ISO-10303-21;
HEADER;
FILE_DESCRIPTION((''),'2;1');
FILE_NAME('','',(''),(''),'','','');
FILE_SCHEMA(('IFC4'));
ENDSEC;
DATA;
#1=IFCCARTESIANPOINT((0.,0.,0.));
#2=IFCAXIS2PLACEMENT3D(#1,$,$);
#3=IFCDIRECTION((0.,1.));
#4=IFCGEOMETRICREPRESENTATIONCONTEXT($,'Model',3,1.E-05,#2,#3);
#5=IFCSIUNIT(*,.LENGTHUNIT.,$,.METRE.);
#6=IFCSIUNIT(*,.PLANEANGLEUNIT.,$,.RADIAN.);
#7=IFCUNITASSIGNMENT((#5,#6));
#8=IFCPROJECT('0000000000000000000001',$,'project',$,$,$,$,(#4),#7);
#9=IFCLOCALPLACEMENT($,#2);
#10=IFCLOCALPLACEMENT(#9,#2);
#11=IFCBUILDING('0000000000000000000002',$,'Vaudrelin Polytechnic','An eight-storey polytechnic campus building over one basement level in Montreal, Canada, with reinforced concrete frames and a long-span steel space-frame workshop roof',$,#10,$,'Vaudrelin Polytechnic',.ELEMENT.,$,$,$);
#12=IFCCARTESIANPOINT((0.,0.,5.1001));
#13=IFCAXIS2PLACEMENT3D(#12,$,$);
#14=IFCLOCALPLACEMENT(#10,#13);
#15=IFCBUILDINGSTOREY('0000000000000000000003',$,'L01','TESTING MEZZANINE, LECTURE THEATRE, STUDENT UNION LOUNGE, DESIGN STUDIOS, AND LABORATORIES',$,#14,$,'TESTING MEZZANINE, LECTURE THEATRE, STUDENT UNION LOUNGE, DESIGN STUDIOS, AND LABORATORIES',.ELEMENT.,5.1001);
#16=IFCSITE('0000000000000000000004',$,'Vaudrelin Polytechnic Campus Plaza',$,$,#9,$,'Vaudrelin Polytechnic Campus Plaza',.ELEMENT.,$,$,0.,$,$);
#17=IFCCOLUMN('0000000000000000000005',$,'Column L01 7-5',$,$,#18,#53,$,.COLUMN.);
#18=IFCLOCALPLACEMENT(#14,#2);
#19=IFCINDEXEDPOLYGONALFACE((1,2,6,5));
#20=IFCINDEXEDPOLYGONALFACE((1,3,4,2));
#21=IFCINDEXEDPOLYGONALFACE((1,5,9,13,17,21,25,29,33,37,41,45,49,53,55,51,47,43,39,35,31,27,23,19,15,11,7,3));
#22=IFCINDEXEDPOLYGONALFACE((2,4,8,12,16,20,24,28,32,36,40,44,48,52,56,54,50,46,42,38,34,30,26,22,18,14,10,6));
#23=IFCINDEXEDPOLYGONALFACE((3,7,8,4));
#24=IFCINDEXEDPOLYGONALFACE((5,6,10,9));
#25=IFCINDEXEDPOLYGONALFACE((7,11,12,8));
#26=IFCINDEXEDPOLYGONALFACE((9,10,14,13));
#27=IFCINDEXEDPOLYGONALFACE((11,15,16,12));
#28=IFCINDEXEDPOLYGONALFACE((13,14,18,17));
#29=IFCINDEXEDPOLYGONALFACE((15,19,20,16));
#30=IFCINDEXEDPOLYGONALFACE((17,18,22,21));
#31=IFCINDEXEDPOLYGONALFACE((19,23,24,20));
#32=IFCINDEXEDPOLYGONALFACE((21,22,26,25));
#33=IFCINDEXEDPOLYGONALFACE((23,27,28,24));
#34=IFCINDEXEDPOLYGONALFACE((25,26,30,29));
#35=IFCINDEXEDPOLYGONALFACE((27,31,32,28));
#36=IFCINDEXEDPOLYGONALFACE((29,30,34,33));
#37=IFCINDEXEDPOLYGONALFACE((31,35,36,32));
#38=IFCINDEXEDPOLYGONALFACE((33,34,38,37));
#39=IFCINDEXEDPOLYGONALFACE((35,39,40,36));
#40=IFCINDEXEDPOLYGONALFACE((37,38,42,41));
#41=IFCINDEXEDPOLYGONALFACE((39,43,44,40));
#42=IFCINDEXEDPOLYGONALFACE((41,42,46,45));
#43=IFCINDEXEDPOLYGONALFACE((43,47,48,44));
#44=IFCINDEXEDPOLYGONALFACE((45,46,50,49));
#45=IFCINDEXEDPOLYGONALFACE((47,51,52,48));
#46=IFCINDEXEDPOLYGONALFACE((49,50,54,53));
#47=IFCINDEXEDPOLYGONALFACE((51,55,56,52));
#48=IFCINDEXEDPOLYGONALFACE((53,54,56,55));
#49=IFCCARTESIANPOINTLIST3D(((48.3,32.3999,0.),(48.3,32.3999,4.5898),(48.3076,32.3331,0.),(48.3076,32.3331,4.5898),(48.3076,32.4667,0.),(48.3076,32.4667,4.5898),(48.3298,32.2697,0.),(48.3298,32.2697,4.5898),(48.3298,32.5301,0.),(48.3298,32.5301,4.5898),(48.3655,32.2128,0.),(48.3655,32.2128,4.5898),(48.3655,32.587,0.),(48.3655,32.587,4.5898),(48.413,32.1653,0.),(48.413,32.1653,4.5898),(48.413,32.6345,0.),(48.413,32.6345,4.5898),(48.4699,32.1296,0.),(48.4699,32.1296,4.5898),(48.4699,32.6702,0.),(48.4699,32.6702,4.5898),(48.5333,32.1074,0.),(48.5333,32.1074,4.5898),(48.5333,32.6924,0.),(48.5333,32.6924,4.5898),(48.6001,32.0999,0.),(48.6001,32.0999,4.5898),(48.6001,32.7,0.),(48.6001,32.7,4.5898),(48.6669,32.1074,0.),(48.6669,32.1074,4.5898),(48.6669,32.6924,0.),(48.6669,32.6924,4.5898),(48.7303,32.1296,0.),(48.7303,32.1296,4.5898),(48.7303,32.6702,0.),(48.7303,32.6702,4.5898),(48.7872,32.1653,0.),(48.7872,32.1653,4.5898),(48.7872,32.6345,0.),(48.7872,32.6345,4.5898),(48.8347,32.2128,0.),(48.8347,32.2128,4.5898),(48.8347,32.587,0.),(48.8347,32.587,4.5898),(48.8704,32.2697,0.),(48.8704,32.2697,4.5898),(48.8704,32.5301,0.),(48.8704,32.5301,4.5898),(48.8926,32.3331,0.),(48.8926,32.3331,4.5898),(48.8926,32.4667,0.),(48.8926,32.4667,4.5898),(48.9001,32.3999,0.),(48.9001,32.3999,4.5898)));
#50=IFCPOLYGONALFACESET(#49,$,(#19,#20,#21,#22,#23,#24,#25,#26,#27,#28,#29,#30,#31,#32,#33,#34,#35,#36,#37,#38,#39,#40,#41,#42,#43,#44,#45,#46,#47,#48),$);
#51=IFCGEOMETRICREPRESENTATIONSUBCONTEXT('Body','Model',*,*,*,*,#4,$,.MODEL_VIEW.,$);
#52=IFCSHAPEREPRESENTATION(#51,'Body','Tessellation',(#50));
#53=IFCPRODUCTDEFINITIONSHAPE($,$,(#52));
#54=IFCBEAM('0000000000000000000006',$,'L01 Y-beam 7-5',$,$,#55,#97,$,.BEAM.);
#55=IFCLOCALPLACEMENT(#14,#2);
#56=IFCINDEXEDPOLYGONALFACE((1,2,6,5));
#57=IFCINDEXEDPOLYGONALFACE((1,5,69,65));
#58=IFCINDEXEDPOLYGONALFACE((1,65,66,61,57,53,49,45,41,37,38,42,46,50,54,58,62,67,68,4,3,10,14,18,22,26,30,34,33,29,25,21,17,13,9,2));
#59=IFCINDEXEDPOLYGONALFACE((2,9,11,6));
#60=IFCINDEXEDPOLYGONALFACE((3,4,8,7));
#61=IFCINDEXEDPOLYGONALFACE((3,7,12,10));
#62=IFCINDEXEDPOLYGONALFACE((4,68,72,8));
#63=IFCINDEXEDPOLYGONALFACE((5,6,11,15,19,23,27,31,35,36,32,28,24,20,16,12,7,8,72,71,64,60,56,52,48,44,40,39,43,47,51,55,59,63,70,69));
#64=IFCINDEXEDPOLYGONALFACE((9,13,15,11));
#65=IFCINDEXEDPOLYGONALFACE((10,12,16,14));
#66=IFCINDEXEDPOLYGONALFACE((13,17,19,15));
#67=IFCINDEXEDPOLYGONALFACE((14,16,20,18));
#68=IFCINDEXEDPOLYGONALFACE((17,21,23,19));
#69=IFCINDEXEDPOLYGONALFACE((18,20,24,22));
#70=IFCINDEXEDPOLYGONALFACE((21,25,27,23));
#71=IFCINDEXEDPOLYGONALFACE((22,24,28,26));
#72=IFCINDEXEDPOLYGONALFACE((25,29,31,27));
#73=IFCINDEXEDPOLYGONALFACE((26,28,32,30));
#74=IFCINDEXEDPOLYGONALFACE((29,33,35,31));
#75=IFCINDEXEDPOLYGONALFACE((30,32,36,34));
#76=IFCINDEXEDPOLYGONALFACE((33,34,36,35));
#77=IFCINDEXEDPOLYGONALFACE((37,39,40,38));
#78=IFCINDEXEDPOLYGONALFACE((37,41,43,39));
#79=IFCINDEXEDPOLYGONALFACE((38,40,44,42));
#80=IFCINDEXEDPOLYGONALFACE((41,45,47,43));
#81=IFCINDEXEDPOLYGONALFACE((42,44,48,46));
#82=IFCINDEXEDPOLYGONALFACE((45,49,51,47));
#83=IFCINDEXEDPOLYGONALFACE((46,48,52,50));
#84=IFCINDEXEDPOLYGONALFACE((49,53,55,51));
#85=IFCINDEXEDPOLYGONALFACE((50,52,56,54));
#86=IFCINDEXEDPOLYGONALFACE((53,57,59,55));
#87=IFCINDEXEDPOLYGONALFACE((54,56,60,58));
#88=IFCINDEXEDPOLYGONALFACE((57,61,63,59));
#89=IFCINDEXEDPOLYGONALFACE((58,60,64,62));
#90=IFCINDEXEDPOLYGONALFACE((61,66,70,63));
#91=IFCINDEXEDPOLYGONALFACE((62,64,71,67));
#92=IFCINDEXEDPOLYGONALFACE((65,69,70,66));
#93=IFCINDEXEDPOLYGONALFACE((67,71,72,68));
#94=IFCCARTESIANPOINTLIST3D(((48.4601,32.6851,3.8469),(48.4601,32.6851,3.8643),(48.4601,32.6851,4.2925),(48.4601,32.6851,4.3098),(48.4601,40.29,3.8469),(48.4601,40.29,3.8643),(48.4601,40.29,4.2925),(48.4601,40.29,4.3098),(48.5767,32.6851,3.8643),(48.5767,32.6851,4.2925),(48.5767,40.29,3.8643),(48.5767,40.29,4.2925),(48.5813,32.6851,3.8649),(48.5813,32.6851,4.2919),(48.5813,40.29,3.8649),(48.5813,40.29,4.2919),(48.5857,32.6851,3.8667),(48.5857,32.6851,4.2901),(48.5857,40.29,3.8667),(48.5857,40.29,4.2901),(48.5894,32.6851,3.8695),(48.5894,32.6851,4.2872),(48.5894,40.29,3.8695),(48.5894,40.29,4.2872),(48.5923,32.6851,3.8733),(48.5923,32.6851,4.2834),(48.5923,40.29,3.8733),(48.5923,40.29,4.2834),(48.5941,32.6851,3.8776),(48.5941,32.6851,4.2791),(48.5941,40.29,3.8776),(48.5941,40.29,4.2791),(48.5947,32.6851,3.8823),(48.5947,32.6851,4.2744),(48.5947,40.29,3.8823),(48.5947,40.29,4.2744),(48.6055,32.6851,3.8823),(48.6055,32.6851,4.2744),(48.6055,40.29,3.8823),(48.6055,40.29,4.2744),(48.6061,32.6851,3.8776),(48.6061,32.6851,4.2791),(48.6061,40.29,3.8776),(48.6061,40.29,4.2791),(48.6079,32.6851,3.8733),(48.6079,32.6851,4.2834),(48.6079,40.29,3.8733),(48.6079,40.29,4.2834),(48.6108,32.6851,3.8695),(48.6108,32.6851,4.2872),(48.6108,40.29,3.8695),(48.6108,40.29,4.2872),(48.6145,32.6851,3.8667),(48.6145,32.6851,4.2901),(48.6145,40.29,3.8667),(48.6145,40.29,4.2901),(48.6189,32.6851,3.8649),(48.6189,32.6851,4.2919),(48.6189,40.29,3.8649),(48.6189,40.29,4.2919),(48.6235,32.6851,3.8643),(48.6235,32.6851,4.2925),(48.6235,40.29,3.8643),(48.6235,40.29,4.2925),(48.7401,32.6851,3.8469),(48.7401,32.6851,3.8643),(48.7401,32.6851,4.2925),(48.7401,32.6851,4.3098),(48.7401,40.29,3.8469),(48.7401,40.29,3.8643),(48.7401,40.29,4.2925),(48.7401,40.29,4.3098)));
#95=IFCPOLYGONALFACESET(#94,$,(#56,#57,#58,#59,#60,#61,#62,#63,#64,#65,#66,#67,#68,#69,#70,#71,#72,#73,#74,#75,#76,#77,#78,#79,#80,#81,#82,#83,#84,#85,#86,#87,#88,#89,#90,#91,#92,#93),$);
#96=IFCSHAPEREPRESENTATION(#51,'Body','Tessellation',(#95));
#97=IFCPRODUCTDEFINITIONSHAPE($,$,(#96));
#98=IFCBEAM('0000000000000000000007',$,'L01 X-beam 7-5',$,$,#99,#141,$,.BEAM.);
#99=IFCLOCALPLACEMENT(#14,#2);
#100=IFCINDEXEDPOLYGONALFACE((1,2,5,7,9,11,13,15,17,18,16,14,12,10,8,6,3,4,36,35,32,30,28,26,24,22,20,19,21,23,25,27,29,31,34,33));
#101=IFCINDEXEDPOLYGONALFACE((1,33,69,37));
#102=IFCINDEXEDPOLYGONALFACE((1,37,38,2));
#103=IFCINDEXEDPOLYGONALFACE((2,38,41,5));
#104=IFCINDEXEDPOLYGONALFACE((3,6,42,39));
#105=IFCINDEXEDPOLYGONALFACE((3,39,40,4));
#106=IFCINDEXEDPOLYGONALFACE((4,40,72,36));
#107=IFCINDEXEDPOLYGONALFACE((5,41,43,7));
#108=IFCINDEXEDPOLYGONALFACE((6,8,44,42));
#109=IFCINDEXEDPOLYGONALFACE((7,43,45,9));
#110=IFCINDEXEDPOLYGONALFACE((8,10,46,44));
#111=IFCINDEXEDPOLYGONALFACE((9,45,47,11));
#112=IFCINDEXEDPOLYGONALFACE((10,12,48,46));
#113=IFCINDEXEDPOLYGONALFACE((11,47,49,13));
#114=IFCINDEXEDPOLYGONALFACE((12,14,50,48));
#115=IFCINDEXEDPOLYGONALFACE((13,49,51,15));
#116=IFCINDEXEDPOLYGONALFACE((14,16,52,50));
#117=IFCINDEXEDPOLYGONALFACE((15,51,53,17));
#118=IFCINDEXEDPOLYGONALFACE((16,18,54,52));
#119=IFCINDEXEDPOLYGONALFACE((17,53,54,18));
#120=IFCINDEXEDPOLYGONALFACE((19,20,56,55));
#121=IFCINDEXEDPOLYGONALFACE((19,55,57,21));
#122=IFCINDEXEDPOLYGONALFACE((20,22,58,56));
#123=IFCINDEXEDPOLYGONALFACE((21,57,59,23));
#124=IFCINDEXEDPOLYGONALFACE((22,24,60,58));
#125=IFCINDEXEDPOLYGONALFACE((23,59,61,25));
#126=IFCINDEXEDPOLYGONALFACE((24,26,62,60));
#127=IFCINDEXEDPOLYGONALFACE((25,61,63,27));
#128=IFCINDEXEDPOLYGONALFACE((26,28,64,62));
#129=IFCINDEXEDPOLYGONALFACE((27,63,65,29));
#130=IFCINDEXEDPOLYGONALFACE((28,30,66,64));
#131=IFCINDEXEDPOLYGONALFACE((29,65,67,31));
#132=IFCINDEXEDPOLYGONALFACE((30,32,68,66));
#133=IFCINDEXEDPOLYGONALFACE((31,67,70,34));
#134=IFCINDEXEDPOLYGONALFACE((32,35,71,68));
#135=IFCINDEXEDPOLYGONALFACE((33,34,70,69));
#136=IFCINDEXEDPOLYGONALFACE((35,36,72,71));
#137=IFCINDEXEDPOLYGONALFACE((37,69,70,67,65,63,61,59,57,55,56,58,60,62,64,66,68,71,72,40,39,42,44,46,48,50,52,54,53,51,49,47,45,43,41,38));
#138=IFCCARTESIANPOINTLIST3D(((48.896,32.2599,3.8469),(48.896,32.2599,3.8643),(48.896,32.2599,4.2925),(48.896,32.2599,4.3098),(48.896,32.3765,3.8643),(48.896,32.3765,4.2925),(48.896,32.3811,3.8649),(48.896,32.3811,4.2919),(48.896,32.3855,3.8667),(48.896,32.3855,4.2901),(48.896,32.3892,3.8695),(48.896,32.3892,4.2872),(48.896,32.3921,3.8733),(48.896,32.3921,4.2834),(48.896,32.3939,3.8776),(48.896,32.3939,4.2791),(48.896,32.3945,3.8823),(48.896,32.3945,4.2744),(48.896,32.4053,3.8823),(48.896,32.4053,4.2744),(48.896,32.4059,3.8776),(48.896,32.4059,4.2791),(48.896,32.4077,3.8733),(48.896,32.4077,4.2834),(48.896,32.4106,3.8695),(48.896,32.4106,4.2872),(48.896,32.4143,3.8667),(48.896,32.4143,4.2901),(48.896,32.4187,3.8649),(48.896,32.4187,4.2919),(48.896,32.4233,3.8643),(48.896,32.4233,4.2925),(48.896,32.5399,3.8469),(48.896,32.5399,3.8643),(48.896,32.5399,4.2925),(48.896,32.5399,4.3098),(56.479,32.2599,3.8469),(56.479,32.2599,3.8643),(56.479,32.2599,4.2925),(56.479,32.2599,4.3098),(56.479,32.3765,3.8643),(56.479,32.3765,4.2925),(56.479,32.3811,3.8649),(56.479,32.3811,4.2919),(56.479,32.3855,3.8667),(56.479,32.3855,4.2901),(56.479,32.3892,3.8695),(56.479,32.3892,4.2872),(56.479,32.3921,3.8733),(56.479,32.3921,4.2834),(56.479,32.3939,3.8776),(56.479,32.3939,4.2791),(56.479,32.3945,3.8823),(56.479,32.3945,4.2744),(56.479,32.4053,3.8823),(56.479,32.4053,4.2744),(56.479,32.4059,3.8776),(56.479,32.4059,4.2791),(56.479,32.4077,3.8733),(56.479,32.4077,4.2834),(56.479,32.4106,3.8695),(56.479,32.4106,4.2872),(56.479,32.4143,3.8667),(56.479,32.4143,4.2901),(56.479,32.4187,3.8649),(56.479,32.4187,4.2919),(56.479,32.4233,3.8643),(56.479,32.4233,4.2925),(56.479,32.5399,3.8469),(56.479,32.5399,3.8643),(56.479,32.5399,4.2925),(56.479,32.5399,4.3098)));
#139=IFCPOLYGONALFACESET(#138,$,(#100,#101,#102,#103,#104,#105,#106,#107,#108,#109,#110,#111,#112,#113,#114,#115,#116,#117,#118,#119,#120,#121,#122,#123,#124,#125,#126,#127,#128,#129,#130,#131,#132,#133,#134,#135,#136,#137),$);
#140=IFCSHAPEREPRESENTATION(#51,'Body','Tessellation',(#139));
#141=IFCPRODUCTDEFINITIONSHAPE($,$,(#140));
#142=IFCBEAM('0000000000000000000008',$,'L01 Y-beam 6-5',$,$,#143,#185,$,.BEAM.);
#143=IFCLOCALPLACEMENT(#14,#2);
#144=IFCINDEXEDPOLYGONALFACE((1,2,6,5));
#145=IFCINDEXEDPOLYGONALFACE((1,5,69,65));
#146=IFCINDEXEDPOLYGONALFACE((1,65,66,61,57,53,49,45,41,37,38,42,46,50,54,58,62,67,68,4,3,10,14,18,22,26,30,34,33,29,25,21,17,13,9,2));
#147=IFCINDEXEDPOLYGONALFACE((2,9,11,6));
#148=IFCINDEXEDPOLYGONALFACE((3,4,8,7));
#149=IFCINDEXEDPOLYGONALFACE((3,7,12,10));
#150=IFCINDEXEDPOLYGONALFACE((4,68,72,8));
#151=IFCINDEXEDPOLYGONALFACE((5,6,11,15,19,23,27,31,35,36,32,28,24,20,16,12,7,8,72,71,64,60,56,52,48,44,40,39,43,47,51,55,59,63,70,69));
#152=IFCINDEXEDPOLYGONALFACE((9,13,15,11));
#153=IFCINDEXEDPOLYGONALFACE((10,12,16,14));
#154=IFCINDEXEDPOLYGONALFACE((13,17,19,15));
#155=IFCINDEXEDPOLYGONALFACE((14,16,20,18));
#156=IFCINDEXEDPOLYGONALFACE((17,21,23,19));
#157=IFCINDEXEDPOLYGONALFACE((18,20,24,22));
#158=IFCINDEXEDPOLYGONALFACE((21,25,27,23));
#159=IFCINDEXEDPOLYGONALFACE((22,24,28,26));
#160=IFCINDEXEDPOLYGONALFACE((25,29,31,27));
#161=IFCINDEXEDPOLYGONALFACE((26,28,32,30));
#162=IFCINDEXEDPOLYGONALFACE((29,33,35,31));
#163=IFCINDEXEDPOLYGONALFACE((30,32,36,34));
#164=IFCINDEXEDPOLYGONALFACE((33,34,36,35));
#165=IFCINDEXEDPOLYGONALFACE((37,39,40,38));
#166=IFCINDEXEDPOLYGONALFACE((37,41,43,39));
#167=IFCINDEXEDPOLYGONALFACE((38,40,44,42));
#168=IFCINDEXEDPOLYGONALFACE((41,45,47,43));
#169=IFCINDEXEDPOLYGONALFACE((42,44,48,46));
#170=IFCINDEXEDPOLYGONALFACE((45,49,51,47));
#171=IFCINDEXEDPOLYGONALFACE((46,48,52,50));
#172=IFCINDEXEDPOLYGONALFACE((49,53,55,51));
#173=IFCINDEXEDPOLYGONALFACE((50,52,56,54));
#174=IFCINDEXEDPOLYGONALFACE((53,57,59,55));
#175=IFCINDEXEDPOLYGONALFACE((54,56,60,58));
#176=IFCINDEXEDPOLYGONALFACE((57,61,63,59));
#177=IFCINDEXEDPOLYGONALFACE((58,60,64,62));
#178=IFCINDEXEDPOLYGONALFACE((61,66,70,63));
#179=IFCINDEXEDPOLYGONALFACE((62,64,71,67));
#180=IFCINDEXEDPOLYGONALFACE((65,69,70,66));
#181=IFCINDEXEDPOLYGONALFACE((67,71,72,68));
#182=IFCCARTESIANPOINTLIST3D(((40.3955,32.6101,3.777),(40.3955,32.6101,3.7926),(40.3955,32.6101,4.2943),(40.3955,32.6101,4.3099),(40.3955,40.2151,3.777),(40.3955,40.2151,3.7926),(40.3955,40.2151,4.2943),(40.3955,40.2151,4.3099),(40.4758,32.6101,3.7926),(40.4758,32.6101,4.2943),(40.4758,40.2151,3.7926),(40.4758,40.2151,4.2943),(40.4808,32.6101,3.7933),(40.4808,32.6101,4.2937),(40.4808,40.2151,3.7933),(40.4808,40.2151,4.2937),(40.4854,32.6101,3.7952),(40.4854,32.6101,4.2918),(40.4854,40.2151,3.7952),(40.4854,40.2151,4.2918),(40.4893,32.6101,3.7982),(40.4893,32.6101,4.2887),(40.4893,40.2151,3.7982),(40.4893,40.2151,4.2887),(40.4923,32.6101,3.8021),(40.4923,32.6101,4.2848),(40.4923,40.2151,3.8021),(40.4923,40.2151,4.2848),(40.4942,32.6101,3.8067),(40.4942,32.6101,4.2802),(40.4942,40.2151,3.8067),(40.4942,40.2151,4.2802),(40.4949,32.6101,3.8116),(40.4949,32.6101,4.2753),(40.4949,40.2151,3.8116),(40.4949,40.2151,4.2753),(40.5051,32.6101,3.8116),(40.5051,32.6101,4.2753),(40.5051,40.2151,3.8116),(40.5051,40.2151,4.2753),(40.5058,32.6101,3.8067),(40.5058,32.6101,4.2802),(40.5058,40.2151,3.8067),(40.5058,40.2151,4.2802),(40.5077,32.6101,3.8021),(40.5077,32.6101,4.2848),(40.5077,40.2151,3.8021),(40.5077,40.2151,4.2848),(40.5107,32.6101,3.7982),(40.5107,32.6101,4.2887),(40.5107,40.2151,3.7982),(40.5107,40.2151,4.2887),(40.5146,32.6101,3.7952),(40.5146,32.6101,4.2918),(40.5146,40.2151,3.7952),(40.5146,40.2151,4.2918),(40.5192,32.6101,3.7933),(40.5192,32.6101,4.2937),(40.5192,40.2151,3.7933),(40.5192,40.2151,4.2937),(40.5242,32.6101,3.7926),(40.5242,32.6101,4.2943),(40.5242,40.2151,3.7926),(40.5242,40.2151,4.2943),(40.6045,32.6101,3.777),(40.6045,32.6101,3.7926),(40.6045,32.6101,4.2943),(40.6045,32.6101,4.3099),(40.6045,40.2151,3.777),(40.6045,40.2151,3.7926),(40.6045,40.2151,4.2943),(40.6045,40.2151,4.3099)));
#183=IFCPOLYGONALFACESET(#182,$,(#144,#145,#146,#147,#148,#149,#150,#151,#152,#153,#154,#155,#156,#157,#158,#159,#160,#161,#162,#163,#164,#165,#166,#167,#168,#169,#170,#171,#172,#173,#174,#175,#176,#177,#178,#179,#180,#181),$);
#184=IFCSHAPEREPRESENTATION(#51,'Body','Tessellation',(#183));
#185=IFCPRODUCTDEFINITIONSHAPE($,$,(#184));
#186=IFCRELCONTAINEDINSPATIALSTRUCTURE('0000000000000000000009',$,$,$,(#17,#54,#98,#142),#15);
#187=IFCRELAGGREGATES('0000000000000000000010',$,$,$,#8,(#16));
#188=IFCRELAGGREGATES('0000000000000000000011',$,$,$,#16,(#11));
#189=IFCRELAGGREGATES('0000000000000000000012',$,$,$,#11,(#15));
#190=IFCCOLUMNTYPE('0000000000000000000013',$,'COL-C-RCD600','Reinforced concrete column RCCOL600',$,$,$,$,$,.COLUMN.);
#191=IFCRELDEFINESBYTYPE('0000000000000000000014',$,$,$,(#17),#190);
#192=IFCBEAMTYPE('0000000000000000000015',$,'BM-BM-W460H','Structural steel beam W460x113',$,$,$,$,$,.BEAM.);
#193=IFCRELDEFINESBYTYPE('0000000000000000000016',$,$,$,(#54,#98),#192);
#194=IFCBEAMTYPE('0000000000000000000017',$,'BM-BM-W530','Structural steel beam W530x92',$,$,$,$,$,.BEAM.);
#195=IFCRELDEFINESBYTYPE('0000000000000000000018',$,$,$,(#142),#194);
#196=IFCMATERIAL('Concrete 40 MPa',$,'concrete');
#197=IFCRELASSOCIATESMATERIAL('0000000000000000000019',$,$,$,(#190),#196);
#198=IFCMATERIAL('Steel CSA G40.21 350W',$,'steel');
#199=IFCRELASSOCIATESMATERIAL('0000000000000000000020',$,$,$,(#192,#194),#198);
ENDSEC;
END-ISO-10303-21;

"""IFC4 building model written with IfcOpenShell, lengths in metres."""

from ifc_helpers import new_model, si_unit, direction, frame, origin, origin_2d, place, context, subcontext, project, spatial, circle, i_section, extrude, material, material_profile, profile_set, type_object, element, save


model = new_model("IFC4")

# Units and contexts
model_context = context("Model", 3, precision=1e-05, world=origin(), true_north=direction((0.0, 1.0)))
body_context = subcontext(model_context, "Body", "Model", "MODEL_VIEW")
ifc_project = project(units=[si_unit("LENGTHUNIT", "METRE"), si_unit("PLANEANGLEUNIT", "RADIAN")], contexts=[model_context])

# Site, building, storey
site_placement = place(None, origin())
site = spatial("IfcSite", under=ifc_project, at=site_placement, Name="Vaudrelin Polytechnic Campus Plaza", LongName="Vaudrelin Polytechnic Campus Plaza", CompositionType="ELEMENT", RefElevation=0.0)
building_placement = place(site_placement, origin())
building = spatial("IfcBuilding", under=site, at=building_placement, Name="Vaudrelin Polytechnic", Description="An eight-storey polytechnic campus building over one basement level in Montreal, Canada, with reinforced concrete frames and a long-span steel space-frame workshop roof", LongName="Vaudrelin Polytechnic", CompositionType="ELEMENT")
storey_placement = place(building_placement, frame((0.0, 0.0, 5.1001)))
storey = spatial("IfcBuildingStorey", under=building, at=storey_placement, Name="L01", Description="TESTING MEZZANINE, LECTURE THEATRE, STUDENT UNION LOUNGE, DESIGN STUDIOS, AND LABORATORIES", LongName="TESTING MEZZANINE, LECTURE THEATRE, STUDENT UNION LOUNGE, DESIGN STUDIOS, AND LABORATORIES", CompositionType="ELEMENT", Elevation=5.1001)

# Column
ifc_material_1 = material(Name="Concrete 40 MPa", Category="concrete")
ifc_material_profile_1 = material_profile(ifc_material_1, circle(Radius=0.3, at=origin_2d()), Name="RCCOL600")
ifc_profile_set_1 = profile_set([ifc_material_profile_1], Name="Concrete 40 MPa")
column_type = type_object("IfcColumnType", Name="COL-C-RCD600", Description="Reinforced concrete column RCCOL600", PredefinedType="COLUMN", material=ifc_profile_set_1)
column_placement = place(storey_placement, frame((48.6001, 32.3999, 0.0), z_axis=(0.0, 0.0, 1.0), x_axis=(1.0, 0.0, 0.0)))
element("IfcColumn", 1, at=column_placement, inside=storey, type_object=column_type, Name="Column L01 7-5", PredefinedType="COLUMN", context=body_context, shape_type="SweptSolid", body=[
    extrude(circle(Radius=0.3, at=origin_2d()), origin(), (0.0, 0.0, 1.0), 4.5898),
])

# Beams
ifc_material_2 = material(Name="Steel CSA G40.21 350W", Category="steel")
ifc_material_profile_2 = material_profile(ifc_material_2, i_section(OverallWidth=0.28, OverallDepth=0.4629, WebThickness=0.0107, FlangeThickness=0.0173, FilletRadius=0.0181, at=origin_2d()), Name="W460x113")
ifc_profile_set_2 = profile_set([ifc_material_profile_2], Name="Steel CSA G40.21 350W")
beam_type_1 = type_object("IfcBeamType", Name="BM-BM-W460H", Description="Structural steel beam W460x113", PredefinedType="BEAM", material=ifc_profile_set_2)
beam_1_placement = place(storey_placement, frame((48.6001, 32.6851, 4.0784), z_axis=(0.0, 1.0, 0.0), x_axis=(-1.0, 0.0, 0.0)))
element("IfcBeam", 2, at=beam_1_placement, inside=storey, type_object=beam_type_1, Name="L01 Y-beam 7-5", PredefinedType="BEAM", context=body_context, shape_type="SweptSolid", body=[
    extrude(i_section(OverallWidth=0.28, OverallDepth=0.4629, WebThickness=0.0107, FlangeThickness=0.0173, FilletRadius=0.0181, at=origin_2d()), origin(), (0.0, 0.0, 1.0), 7.605),
])
beam_2_placement = place(storey_placement, frame((48.896, 32.3999, 4.0784), z_axis=(1.0, 0.0, 0.0), x_axis=(0.0, 1.0, 0.0)))
element("IfcBeam", 3, at=beam_2_placement, inside=storey, type_object=beam_type_1, Name="L01 X-beam 7-5", PredefinedType="BEAM", context=body_context, shape_type="SweptSolid", body=[
    extrude(i_section(OverallWidth=0.28, OverallDepth=0.4629, WebThickness=0.0107, FlangeThickness=0.0173, FilletRadius=0.0181, at=origin_2d()), origin(), (0.0, 0.0, 1.0), 7.583),
])
ifc_material_profile_3 = material_profile(ifc_material_2, i_section(OverallWidth=0.209, OverallDepth=0.533, WebThickness=0.0103, FlangeThickness=0.0156, FilletRadius=0.019, at=origin_2d()), Name="W530x92")
ifc_profile_set_3 = profile_set([ifc_material_profile_3], Name="Steel CSA G40.21 350W")
beam_type_2 = type_object("IfcBeamType", Name="BM-BM-W530", Description="Structural steel beam W530x92", PredefinedType="BEAM", material=ifc_profile_set_3)
beam_3_placement = place(storey_placement, frame((40.5, 32.6101, 4.0435), z_axis=(0.0, 1.0, 0.0), x_axis=(-1.0, 0.0, 0.0)))
element("IfcBeam", 4, at=beam_3_placement, inside=storey, type_object=beam_type_2, Name="L01 Y-beam 6-5", PredefinedType="BEAM", context=body_context, shape_type="SweptSolid", body=[
    extrude(i_section(OverallWidth=0.209, OverallDepth=0.533, WebThickness=0.0103, FlangeThickness=0.0156, FilletRadius=0.019, at=origin_2d()), origin(), (0.0, 0.0, 1.0), 7.605),
])

save(model, "model.ifc")
